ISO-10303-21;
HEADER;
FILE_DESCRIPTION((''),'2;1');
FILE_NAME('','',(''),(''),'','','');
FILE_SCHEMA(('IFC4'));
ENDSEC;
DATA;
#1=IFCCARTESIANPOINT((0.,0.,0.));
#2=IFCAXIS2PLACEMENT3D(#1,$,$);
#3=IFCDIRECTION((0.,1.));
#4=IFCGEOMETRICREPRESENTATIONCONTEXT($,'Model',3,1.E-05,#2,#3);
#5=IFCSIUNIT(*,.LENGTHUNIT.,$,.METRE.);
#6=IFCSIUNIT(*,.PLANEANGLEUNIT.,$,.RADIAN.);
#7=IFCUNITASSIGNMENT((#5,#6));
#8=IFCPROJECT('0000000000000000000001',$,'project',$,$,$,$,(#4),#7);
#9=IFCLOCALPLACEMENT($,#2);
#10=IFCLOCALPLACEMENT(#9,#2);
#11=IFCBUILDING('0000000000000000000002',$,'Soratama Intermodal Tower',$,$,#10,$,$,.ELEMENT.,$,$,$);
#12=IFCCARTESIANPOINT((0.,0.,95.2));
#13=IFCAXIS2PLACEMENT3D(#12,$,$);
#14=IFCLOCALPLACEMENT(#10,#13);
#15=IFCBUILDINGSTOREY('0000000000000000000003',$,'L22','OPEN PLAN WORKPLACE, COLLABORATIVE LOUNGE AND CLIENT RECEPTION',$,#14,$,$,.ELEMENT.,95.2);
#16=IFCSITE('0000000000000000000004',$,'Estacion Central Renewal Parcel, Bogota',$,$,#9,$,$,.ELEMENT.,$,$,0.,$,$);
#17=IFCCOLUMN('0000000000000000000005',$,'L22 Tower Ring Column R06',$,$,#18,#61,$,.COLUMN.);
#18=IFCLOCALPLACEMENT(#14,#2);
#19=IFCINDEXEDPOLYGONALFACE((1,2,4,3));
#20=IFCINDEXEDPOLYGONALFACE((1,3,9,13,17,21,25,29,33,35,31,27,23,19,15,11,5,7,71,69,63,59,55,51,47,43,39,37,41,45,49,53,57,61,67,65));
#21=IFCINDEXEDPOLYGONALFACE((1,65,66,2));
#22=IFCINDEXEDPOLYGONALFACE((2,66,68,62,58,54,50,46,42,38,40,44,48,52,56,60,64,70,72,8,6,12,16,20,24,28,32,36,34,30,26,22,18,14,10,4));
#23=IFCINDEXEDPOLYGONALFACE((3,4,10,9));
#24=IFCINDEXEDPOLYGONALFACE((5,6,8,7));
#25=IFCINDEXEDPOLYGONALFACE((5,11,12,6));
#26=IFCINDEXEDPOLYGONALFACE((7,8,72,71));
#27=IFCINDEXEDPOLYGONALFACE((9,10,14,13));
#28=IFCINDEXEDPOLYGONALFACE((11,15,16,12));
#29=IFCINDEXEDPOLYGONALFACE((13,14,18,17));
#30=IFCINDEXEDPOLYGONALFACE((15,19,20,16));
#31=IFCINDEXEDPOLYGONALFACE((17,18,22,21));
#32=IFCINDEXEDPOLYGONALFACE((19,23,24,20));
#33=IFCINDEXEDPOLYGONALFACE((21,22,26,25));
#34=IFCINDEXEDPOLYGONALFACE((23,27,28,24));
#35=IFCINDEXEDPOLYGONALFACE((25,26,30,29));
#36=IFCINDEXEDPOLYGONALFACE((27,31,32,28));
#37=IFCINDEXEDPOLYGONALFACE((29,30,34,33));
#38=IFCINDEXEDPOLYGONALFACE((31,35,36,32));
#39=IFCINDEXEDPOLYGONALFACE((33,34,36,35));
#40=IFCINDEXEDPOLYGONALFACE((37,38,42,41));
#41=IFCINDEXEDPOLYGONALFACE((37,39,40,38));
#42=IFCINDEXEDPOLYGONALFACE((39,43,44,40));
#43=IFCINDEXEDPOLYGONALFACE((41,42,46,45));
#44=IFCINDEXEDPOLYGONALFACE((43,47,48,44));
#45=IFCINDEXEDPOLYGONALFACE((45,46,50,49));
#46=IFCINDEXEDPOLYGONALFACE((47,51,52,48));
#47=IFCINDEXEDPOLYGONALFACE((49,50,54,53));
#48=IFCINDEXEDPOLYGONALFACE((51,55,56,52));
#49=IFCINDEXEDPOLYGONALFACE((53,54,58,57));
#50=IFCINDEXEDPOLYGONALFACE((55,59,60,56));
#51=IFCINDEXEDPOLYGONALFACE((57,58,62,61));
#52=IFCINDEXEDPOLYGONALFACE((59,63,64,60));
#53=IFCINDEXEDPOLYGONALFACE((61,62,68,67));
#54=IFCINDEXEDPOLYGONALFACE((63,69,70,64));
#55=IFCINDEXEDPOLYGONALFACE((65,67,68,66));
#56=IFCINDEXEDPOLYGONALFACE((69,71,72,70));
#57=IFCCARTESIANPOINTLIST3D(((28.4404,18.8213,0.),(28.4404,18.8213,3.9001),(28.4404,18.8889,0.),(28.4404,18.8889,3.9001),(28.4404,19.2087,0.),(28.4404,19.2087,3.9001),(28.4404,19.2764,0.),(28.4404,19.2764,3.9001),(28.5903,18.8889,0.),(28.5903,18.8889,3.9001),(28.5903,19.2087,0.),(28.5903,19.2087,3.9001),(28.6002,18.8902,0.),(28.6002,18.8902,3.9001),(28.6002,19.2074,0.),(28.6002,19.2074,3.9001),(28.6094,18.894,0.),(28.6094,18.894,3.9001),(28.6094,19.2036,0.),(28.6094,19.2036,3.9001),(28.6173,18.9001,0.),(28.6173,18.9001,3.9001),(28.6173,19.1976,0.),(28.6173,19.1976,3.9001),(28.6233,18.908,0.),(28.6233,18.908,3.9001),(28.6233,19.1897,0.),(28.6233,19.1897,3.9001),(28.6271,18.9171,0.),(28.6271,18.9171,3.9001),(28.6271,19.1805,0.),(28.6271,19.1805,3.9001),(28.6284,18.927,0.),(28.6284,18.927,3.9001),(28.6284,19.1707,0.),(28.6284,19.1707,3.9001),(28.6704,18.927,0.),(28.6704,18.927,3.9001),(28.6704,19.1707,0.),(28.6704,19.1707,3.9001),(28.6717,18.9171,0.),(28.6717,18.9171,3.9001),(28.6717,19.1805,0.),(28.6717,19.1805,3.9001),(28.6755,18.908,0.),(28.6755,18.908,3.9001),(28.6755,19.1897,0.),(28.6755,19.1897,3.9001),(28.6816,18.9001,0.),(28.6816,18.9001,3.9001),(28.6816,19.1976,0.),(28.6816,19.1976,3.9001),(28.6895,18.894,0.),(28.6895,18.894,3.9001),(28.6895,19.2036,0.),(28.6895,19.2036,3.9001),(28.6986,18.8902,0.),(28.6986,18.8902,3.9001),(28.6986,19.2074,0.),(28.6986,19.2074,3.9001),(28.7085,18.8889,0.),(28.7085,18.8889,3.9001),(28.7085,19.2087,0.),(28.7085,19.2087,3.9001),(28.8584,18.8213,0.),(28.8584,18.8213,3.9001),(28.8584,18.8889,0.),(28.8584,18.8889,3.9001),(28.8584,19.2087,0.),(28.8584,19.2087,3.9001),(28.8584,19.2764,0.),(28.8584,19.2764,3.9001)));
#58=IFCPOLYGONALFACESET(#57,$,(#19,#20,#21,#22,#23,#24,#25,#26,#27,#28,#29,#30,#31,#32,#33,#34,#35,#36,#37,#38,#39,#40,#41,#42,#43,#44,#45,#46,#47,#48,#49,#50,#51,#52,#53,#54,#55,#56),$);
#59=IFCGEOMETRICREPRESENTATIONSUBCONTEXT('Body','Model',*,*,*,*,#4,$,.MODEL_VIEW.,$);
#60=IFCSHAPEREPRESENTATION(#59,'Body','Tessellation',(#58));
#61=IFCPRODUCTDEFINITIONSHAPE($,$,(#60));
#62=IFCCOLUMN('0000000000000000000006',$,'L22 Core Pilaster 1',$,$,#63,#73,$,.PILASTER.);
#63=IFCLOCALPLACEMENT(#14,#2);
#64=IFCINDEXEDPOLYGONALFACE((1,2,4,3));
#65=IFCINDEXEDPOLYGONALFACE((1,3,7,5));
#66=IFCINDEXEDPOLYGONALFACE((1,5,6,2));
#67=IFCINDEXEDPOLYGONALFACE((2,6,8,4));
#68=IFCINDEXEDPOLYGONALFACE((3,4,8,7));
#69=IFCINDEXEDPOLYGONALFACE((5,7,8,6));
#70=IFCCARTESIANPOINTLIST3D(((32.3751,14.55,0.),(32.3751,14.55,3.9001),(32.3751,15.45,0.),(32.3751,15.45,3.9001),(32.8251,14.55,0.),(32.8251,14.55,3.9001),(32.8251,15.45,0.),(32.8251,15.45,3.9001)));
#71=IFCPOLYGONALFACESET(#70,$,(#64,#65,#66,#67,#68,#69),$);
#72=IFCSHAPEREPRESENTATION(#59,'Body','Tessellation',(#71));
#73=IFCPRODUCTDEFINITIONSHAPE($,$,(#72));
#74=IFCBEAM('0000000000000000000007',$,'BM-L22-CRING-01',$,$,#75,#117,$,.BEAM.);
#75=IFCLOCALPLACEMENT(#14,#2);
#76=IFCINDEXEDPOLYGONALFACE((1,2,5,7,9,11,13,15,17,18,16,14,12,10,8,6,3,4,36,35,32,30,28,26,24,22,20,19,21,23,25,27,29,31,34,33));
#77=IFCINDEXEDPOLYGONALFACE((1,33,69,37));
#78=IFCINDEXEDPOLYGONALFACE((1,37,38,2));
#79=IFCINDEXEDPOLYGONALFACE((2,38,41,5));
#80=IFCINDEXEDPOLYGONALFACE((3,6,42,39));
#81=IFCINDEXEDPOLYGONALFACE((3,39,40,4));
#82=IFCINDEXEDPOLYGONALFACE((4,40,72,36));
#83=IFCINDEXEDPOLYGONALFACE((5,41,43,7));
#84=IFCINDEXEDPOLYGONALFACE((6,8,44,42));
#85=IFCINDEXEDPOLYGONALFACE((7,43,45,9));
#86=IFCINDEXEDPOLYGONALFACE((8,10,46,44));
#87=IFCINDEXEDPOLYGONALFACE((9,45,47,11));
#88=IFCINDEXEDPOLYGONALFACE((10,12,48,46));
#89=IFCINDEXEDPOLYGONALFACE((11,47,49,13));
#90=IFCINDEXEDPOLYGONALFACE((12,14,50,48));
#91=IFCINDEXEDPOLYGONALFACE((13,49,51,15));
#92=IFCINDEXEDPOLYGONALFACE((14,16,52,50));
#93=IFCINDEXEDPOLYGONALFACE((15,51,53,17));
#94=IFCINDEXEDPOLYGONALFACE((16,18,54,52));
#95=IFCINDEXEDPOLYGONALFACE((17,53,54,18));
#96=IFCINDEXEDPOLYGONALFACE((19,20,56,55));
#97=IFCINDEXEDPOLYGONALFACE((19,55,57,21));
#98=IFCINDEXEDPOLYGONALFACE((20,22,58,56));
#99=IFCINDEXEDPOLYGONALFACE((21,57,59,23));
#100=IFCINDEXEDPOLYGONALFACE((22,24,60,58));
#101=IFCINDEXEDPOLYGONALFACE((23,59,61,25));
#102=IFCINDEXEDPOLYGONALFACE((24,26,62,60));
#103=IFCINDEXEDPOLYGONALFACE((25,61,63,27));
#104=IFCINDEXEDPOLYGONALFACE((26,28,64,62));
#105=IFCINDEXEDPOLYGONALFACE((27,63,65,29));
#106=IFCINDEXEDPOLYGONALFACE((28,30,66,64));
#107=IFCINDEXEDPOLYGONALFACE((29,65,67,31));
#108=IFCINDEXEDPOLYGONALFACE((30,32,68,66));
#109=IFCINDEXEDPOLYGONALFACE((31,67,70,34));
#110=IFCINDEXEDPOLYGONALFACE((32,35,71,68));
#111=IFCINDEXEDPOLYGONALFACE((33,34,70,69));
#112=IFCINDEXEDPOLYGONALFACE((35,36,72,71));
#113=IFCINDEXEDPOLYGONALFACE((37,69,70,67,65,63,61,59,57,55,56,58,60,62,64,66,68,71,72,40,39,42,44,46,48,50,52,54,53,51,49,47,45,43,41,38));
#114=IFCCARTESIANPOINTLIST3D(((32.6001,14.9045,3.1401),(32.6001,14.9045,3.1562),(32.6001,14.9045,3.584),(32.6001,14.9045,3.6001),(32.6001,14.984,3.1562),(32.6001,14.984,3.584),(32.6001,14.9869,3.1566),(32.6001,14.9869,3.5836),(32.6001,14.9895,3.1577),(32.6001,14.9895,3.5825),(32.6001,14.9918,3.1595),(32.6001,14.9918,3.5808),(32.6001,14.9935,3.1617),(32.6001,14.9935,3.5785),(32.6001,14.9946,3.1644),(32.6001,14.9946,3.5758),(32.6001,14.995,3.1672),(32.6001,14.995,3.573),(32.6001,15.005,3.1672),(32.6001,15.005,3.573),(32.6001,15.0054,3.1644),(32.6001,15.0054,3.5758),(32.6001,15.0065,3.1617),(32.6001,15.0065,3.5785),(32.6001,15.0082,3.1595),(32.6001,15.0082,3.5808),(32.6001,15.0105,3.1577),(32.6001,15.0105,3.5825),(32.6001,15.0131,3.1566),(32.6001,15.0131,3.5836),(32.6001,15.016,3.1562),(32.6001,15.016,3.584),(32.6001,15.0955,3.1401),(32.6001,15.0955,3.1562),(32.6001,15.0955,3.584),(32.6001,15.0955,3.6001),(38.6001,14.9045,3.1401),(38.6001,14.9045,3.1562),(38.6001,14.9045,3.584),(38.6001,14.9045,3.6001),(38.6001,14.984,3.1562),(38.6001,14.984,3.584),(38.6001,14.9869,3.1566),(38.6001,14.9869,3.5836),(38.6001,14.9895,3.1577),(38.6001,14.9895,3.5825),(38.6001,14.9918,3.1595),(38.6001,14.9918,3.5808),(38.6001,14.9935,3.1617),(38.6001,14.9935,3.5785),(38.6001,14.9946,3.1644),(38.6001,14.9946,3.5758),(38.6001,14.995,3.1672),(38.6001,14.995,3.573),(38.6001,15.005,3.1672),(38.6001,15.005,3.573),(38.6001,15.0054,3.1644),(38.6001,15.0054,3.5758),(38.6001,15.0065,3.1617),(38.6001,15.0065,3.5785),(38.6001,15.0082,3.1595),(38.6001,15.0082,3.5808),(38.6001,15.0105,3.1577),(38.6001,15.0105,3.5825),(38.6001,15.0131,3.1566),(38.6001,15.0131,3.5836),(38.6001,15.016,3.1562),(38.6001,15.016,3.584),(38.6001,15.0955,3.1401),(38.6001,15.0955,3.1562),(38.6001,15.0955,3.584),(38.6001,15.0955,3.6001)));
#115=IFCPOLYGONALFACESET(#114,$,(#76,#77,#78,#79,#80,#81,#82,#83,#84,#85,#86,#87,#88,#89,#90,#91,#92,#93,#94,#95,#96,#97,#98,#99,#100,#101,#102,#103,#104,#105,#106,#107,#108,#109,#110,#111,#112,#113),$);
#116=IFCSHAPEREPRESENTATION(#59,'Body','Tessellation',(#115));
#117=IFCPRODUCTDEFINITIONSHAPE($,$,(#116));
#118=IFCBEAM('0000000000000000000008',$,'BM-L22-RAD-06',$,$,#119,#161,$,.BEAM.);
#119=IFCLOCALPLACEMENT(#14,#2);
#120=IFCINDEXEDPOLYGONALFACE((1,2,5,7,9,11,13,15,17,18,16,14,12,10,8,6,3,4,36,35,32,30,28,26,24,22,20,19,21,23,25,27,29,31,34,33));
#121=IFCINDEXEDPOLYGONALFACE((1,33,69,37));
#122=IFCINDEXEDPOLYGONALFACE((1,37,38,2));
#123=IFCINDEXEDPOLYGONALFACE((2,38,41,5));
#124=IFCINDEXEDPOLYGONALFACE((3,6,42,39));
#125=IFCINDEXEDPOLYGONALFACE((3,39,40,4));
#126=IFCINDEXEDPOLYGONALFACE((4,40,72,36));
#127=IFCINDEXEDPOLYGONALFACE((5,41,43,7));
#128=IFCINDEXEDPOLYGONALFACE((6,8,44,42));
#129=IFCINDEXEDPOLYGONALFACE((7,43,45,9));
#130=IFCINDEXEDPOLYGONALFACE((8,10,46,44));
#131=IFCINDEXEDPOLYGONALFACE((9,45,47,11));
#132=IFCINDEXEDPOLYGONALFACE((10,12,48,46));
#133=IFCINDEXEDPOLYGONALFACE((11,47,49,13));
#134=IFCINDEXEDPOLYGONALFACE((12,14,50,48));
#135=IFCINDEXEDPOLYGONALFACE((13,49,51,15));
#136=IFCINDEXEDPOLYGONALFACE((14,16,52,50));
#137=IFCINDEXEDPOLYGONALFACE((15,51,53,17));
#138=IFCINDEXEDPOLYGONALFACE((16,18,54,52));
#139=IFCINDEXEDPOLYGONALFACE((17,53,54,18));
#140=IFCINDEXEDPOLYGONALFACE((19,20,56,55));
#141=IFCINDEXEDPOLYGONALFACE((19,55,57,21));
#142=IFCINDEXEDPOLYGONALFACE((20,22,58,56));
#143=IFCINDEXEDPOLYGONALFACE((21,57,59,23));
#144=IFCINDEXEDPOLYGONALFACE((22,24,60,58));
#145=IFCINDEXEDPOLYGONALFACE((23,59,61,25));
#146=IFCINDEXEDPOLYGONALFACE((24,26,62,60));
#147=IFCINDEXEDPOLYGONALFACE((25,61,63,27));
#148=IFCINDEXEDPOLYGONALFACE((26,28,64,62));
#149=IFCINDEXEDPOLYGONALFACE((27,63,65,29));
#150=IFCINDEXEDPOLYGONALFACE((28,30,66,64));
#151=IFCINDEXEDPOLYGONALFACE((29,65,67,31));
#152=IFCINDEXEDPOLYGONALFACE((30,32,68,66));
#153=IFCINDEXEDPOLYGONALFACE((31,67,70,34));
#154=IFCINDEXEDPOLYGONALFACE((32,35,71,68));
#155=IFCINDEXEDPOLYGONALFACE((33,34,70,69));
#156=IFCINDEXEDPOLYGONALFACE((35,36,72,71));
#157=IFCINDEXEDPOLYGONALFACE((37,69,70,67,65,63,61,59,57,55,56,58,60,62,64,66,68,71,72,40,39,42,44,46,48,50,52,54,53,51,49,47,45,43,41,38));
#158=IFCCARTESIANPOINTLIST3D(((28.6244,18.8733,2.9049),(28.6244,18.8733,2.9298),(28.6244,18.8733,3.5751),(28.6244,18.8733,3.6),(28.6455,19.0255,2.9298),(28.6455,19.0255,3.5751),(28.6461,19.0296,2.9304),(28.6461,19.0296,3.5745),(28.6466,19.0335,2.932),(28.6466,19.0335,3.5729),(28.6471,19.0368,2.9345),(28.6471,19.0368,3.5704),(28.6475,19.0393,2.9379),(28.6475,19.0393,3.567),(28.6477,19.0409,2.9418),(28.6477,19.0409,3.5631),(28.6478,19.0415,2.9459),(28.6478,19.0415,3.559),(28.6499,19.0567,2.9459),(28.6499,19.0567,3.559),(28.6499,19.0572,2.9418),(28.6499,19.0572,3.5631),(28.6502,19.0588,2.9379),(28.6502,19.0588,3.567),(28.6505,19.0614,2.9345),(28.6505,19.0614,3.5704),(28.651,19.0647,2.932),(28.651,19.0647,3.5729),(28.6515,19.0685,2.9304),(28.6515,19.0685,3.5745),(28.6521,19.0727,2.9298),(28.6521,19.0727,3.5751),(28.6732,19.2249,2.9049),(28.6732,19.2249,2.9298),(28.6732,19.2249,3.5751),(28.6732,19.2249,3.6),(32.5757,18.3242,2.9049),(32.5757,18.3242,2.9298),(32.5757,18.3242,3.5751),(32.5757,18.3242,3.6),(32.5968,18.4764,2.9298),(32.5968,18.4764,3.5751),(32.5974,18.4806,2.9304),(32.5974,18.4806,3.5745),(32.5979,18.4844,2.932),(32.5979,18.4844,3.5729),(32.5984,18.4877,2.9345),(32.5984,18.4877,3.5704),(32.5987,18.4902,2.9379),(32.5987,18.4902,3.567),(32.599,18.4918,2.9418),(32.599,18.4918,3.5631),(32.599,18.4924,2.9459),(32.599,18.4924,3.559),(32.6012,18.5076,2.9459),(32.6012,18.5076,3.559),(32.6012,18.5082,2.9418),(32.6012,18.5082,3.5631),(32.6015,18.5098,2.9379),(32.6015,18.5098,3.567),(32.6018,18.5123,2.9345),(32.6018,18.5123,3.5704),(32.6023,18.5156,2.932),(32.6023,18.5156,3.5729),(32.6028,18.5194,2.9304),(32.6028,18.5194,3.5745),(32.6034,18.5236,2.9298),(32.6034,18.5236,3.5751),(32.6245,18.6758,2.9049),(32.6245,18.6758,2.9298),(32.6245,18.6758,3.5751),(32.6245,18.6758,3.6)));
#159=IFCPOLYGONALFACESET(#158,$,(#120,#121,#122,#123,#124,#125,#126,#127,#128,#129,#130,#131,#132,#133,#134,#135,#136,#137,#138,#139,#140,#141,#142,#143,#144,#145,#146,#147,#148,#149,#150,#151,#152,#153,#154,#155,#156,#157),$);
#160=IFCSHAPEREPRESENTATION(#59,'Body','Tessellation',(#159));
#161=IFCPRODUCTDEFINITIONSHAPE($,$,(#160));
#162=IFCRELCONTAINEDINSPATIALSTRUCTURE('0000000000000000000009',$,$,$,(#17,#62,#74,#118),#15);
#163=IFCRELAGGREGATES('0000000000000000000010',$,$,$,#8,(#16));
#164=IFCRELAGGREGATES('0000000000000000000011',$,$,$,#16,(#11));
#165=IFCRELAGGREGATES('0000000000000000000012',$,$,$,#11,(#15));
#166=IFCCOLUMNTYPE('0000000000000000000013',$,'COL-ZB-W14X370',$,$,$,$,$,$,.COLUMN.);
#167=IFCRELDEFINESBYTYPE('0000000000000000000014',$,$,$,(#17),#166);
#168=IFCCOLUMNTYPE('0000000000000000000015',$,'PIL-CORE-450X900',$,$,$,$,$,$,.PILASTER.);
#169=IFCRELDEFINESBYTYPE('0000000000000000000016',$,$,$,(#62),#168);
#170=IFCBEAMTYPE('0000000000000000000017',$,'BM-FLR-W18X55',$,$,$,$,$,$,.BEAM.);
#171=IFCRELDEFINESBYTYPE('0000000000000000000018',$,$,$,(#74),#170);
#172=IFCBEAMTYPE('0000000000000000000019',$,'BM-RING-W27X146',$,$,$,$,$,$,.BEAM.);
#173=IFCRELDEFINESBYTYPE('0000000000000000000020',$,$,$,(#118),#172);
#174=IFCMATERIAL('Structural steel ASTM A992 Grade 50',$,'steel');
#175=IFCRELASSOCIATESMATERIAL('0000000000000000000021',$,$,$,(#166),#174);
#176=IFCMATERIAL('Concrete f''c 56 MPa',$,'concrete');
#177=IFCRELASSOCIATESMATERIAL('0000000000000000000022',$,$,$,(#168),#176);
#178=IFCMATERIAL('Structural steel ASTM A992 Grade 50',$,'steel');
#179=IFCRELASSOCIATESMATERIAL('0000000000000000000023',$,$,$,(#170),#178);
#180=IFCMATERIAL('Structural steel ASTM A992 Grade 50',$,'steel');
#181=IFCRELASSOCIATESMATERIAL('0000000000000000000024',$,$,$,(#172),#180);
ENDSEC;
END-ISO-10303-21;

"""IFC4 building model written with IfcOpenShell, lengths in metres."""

from ifc_helpers import new_model, si_unit, direction, frame, origin, origin_2d, place, context, subcontext, project, spatial, rectangle, i_section, extrude, material, material_profile, profile_set, type_object, element, save


model = new_model("IFC4")

# Units and contexts
model_context = context("Model", 3, precision=1e-05, world=origin(), true_north=direction((0.0, 1.0)))
body_context = subcontext(model_context, "Body", "Model", "MODEL_VIEW")
ifc_project = project(units=[si_unit("LENGTHUNIT", "METRE"), si_unit("PLANEANGLEUNIT", "RADIAN")], contexts=[model_context])

# Site, building, storey
site_placement = place(None, origin())
site = spatial("IfcSite", under=ifc_project, at=site_placement, Name="Estacion Central Renewal Parcel, Bogota", CompositionType="ELEMENT", RefElevation=0.0)
building_placement = place(site_placement, origin())
building = spatial("IfcBuilding", under=site, at=building_placement, Name="Soratama Intermodal Tower", CompositionType="ELEMENT")
storey_placement = place(building_placement, frame((0.0, 0.0, 95.2)))
storey = spatial("IfcBuildingStorey", under=building, at=storey_placement, Name="L22", Description="OPEN PLAN WORKPLACE, COLLABORATIVE LOUNGE AND CLIENT RECEPTION", CompositionType="ELEMENT", Elevation=95.2)

# Columns
ifc_material_1 = material(Name="Structural steel ASTM A992 Grade 50", Category="steel")
ifc_material_profile_1 = material_profile(ifc_material_1, i_section(OverallWidth=0.418, OverallDepth=0.4551, WebThickness=0.042, FlangeThickness=0.0676, FilletRadius=0.0381, at=origin_2d()), Name="W14X370")
ifc_profile_set_1 = profile_set([ifc_material_profile_1], Name="Structural steel ASTM A992 Grade 50")
column_type_1 = type_object("IfcColumnType", Name="COL-ZB-W14X370", PredefinedType="COLUMN", material=ifc_profile_set_1)
column_1_placement = place(storey_placement, frame((28.6494, 19.0488, 0.0), z_axis=(0.0, 0.0, 1.0), x_axis=(1.0, 0.0, 0.0)))
element("IfcColumn", 1, at=column_1_placement, inside=storey, type_object=column_type_1, Name="L22 Tower Ring Column R06", PredefinedType="COLUMN", context=body_context, shape_type="SweptSolid", body=[
    extrude(i_section(OverallWidth=0.418, OverallDepth=0.4551, WebThickness=0.042, FlangeThickness=0.0676, FilletRadius=0.0381, at=origin_2d()), origin(), (0.0, 0.0, 1.0), 3.9001),
])
ifc_material_2 = material(Name="Concrete f'c 56 MPa", Category="concrete")
ifc_material_profile_2 = material_profile(ifc_material_2, rectangle(XDim=0.45, YDim=0.8999, at=origin_2d()), Name="RC450X900")
ifc_profile_set_2 = profile_set([ifc_material_profile_2], Name="Concrete f'c 56 MPa")
column_type_2 = type_object("IfcColumnType", Name="PIL-CORE-450X900", PredefinedType="PILASTER", material=ifc_profile_set_2)
column_2_placement = place(storey_placement, frame((32.6001, 15.0, 0.0), z_axis=(0.0, 0.0, 1.0), x_axis=(1.0, 0.0, 0.0)))
element("IfcColumn", 2, at=column_2_placement, inside=storey, type_object=column_type_2, Name="L22 Core Pilaster 1", PredefinedType="PILASTER", context=body_context, shape_type="SweptSolid", body=[
    extrude(rectangle(XDim=0.45, YDim=0.8999, at=origin_2d()), origin(), (0.0, 0.0, 1.0), 3.9001),
])

# Beams
ifc_material_3 = material(Name="Structural steel ASTM A992 Grade 50", Category="steel")
ifc_material_profile_3 = material_profile(ifc_material_3, i_section(OverallWidth=0.1909, OverallDepth=0.46, WebThickness=0.01, FlangeThickness=0.0161, FilletRadius=0.011, at=origin_2d()), Name="W18X55")
ifc_profile_set_3 = profile_set([ifc_material_profile_3], Name="Structural steel ASTM A992 Grade 50")
beam_type_1 = type_object("IfcBeamType", Name="BM-FLR-W18X55", PredefinedType="BEAM", material=ifc_profile_set_3)
beam_1_placement = place(storey_placement, frame((32.6001, 15.0, 3.3701), z_axis=(1.0, 0.0, 0.0), x_axis=(0.0, 1.0, 0.0)))
element("IfcBeam", 3, at=beam_1_placement, inside=storey, type_object=beam_type_1, Name="BM-L22-CRING-01", PredefinedType="BEAM", context=body_context, shape_type="SweptSolid", body=[
    extrude(i_section(OverallWidth=0.1909, OverallDepth=0.46, WebThickness=0.01, FlangeThickness=0.0161, FilletRadius=0.011, at=origin_2d()), origin(), (0.0, 0.0, 1.0), 6.0),
])
ifc_material_4 = material(Name="Structural steel ASTM A992 Grade 50", Category="steel")
ifc_material_profile_4 = material_profile(ifc_material_4, i_section(OverallWidth=0.355, OverallDepth=0.6951, WebThickness=0.0154, FlangeThickness=0.0249, FilletRadius=0.0161, at=origin_2d()), Name="W27X146")
ifc_profile_set_4 = profile_set([ifc_material_profile_4], Name="Structural steel ASTM A992 Grade 50")
beam_type_2 = type_object("IfcBeamType", Name="BM-RING-W27X146", PredefinedType="BEAM", material=ifc_profile_set_4)
beam_2_placement = place(storey_placement, frame((32.6001, 18.5, 3.2524), z_axis=(-0.990482, 0.137642, 0.0), x_axis=(-0.137642, -0.990482, 0.0)))
element("IfcBeam", 4, at=beam_2_placement, inside=storey, type_object=beam_type_2, Name="BM-L22-RAD-06", PredefinedType="BEAM", context=body_context, shape_type="SweptSolid", body=[
    extrude(i_section(OverallWidth=0.355, OverallDepth=0.6951, WebThickness=0.0154, FlangeThickness=0.0249, FilletRadius=0.0161, at=origin_2d()), origin(), (0.0, 0.0, 1.0), 3.9893),
])

save(model, "model.ifc")
